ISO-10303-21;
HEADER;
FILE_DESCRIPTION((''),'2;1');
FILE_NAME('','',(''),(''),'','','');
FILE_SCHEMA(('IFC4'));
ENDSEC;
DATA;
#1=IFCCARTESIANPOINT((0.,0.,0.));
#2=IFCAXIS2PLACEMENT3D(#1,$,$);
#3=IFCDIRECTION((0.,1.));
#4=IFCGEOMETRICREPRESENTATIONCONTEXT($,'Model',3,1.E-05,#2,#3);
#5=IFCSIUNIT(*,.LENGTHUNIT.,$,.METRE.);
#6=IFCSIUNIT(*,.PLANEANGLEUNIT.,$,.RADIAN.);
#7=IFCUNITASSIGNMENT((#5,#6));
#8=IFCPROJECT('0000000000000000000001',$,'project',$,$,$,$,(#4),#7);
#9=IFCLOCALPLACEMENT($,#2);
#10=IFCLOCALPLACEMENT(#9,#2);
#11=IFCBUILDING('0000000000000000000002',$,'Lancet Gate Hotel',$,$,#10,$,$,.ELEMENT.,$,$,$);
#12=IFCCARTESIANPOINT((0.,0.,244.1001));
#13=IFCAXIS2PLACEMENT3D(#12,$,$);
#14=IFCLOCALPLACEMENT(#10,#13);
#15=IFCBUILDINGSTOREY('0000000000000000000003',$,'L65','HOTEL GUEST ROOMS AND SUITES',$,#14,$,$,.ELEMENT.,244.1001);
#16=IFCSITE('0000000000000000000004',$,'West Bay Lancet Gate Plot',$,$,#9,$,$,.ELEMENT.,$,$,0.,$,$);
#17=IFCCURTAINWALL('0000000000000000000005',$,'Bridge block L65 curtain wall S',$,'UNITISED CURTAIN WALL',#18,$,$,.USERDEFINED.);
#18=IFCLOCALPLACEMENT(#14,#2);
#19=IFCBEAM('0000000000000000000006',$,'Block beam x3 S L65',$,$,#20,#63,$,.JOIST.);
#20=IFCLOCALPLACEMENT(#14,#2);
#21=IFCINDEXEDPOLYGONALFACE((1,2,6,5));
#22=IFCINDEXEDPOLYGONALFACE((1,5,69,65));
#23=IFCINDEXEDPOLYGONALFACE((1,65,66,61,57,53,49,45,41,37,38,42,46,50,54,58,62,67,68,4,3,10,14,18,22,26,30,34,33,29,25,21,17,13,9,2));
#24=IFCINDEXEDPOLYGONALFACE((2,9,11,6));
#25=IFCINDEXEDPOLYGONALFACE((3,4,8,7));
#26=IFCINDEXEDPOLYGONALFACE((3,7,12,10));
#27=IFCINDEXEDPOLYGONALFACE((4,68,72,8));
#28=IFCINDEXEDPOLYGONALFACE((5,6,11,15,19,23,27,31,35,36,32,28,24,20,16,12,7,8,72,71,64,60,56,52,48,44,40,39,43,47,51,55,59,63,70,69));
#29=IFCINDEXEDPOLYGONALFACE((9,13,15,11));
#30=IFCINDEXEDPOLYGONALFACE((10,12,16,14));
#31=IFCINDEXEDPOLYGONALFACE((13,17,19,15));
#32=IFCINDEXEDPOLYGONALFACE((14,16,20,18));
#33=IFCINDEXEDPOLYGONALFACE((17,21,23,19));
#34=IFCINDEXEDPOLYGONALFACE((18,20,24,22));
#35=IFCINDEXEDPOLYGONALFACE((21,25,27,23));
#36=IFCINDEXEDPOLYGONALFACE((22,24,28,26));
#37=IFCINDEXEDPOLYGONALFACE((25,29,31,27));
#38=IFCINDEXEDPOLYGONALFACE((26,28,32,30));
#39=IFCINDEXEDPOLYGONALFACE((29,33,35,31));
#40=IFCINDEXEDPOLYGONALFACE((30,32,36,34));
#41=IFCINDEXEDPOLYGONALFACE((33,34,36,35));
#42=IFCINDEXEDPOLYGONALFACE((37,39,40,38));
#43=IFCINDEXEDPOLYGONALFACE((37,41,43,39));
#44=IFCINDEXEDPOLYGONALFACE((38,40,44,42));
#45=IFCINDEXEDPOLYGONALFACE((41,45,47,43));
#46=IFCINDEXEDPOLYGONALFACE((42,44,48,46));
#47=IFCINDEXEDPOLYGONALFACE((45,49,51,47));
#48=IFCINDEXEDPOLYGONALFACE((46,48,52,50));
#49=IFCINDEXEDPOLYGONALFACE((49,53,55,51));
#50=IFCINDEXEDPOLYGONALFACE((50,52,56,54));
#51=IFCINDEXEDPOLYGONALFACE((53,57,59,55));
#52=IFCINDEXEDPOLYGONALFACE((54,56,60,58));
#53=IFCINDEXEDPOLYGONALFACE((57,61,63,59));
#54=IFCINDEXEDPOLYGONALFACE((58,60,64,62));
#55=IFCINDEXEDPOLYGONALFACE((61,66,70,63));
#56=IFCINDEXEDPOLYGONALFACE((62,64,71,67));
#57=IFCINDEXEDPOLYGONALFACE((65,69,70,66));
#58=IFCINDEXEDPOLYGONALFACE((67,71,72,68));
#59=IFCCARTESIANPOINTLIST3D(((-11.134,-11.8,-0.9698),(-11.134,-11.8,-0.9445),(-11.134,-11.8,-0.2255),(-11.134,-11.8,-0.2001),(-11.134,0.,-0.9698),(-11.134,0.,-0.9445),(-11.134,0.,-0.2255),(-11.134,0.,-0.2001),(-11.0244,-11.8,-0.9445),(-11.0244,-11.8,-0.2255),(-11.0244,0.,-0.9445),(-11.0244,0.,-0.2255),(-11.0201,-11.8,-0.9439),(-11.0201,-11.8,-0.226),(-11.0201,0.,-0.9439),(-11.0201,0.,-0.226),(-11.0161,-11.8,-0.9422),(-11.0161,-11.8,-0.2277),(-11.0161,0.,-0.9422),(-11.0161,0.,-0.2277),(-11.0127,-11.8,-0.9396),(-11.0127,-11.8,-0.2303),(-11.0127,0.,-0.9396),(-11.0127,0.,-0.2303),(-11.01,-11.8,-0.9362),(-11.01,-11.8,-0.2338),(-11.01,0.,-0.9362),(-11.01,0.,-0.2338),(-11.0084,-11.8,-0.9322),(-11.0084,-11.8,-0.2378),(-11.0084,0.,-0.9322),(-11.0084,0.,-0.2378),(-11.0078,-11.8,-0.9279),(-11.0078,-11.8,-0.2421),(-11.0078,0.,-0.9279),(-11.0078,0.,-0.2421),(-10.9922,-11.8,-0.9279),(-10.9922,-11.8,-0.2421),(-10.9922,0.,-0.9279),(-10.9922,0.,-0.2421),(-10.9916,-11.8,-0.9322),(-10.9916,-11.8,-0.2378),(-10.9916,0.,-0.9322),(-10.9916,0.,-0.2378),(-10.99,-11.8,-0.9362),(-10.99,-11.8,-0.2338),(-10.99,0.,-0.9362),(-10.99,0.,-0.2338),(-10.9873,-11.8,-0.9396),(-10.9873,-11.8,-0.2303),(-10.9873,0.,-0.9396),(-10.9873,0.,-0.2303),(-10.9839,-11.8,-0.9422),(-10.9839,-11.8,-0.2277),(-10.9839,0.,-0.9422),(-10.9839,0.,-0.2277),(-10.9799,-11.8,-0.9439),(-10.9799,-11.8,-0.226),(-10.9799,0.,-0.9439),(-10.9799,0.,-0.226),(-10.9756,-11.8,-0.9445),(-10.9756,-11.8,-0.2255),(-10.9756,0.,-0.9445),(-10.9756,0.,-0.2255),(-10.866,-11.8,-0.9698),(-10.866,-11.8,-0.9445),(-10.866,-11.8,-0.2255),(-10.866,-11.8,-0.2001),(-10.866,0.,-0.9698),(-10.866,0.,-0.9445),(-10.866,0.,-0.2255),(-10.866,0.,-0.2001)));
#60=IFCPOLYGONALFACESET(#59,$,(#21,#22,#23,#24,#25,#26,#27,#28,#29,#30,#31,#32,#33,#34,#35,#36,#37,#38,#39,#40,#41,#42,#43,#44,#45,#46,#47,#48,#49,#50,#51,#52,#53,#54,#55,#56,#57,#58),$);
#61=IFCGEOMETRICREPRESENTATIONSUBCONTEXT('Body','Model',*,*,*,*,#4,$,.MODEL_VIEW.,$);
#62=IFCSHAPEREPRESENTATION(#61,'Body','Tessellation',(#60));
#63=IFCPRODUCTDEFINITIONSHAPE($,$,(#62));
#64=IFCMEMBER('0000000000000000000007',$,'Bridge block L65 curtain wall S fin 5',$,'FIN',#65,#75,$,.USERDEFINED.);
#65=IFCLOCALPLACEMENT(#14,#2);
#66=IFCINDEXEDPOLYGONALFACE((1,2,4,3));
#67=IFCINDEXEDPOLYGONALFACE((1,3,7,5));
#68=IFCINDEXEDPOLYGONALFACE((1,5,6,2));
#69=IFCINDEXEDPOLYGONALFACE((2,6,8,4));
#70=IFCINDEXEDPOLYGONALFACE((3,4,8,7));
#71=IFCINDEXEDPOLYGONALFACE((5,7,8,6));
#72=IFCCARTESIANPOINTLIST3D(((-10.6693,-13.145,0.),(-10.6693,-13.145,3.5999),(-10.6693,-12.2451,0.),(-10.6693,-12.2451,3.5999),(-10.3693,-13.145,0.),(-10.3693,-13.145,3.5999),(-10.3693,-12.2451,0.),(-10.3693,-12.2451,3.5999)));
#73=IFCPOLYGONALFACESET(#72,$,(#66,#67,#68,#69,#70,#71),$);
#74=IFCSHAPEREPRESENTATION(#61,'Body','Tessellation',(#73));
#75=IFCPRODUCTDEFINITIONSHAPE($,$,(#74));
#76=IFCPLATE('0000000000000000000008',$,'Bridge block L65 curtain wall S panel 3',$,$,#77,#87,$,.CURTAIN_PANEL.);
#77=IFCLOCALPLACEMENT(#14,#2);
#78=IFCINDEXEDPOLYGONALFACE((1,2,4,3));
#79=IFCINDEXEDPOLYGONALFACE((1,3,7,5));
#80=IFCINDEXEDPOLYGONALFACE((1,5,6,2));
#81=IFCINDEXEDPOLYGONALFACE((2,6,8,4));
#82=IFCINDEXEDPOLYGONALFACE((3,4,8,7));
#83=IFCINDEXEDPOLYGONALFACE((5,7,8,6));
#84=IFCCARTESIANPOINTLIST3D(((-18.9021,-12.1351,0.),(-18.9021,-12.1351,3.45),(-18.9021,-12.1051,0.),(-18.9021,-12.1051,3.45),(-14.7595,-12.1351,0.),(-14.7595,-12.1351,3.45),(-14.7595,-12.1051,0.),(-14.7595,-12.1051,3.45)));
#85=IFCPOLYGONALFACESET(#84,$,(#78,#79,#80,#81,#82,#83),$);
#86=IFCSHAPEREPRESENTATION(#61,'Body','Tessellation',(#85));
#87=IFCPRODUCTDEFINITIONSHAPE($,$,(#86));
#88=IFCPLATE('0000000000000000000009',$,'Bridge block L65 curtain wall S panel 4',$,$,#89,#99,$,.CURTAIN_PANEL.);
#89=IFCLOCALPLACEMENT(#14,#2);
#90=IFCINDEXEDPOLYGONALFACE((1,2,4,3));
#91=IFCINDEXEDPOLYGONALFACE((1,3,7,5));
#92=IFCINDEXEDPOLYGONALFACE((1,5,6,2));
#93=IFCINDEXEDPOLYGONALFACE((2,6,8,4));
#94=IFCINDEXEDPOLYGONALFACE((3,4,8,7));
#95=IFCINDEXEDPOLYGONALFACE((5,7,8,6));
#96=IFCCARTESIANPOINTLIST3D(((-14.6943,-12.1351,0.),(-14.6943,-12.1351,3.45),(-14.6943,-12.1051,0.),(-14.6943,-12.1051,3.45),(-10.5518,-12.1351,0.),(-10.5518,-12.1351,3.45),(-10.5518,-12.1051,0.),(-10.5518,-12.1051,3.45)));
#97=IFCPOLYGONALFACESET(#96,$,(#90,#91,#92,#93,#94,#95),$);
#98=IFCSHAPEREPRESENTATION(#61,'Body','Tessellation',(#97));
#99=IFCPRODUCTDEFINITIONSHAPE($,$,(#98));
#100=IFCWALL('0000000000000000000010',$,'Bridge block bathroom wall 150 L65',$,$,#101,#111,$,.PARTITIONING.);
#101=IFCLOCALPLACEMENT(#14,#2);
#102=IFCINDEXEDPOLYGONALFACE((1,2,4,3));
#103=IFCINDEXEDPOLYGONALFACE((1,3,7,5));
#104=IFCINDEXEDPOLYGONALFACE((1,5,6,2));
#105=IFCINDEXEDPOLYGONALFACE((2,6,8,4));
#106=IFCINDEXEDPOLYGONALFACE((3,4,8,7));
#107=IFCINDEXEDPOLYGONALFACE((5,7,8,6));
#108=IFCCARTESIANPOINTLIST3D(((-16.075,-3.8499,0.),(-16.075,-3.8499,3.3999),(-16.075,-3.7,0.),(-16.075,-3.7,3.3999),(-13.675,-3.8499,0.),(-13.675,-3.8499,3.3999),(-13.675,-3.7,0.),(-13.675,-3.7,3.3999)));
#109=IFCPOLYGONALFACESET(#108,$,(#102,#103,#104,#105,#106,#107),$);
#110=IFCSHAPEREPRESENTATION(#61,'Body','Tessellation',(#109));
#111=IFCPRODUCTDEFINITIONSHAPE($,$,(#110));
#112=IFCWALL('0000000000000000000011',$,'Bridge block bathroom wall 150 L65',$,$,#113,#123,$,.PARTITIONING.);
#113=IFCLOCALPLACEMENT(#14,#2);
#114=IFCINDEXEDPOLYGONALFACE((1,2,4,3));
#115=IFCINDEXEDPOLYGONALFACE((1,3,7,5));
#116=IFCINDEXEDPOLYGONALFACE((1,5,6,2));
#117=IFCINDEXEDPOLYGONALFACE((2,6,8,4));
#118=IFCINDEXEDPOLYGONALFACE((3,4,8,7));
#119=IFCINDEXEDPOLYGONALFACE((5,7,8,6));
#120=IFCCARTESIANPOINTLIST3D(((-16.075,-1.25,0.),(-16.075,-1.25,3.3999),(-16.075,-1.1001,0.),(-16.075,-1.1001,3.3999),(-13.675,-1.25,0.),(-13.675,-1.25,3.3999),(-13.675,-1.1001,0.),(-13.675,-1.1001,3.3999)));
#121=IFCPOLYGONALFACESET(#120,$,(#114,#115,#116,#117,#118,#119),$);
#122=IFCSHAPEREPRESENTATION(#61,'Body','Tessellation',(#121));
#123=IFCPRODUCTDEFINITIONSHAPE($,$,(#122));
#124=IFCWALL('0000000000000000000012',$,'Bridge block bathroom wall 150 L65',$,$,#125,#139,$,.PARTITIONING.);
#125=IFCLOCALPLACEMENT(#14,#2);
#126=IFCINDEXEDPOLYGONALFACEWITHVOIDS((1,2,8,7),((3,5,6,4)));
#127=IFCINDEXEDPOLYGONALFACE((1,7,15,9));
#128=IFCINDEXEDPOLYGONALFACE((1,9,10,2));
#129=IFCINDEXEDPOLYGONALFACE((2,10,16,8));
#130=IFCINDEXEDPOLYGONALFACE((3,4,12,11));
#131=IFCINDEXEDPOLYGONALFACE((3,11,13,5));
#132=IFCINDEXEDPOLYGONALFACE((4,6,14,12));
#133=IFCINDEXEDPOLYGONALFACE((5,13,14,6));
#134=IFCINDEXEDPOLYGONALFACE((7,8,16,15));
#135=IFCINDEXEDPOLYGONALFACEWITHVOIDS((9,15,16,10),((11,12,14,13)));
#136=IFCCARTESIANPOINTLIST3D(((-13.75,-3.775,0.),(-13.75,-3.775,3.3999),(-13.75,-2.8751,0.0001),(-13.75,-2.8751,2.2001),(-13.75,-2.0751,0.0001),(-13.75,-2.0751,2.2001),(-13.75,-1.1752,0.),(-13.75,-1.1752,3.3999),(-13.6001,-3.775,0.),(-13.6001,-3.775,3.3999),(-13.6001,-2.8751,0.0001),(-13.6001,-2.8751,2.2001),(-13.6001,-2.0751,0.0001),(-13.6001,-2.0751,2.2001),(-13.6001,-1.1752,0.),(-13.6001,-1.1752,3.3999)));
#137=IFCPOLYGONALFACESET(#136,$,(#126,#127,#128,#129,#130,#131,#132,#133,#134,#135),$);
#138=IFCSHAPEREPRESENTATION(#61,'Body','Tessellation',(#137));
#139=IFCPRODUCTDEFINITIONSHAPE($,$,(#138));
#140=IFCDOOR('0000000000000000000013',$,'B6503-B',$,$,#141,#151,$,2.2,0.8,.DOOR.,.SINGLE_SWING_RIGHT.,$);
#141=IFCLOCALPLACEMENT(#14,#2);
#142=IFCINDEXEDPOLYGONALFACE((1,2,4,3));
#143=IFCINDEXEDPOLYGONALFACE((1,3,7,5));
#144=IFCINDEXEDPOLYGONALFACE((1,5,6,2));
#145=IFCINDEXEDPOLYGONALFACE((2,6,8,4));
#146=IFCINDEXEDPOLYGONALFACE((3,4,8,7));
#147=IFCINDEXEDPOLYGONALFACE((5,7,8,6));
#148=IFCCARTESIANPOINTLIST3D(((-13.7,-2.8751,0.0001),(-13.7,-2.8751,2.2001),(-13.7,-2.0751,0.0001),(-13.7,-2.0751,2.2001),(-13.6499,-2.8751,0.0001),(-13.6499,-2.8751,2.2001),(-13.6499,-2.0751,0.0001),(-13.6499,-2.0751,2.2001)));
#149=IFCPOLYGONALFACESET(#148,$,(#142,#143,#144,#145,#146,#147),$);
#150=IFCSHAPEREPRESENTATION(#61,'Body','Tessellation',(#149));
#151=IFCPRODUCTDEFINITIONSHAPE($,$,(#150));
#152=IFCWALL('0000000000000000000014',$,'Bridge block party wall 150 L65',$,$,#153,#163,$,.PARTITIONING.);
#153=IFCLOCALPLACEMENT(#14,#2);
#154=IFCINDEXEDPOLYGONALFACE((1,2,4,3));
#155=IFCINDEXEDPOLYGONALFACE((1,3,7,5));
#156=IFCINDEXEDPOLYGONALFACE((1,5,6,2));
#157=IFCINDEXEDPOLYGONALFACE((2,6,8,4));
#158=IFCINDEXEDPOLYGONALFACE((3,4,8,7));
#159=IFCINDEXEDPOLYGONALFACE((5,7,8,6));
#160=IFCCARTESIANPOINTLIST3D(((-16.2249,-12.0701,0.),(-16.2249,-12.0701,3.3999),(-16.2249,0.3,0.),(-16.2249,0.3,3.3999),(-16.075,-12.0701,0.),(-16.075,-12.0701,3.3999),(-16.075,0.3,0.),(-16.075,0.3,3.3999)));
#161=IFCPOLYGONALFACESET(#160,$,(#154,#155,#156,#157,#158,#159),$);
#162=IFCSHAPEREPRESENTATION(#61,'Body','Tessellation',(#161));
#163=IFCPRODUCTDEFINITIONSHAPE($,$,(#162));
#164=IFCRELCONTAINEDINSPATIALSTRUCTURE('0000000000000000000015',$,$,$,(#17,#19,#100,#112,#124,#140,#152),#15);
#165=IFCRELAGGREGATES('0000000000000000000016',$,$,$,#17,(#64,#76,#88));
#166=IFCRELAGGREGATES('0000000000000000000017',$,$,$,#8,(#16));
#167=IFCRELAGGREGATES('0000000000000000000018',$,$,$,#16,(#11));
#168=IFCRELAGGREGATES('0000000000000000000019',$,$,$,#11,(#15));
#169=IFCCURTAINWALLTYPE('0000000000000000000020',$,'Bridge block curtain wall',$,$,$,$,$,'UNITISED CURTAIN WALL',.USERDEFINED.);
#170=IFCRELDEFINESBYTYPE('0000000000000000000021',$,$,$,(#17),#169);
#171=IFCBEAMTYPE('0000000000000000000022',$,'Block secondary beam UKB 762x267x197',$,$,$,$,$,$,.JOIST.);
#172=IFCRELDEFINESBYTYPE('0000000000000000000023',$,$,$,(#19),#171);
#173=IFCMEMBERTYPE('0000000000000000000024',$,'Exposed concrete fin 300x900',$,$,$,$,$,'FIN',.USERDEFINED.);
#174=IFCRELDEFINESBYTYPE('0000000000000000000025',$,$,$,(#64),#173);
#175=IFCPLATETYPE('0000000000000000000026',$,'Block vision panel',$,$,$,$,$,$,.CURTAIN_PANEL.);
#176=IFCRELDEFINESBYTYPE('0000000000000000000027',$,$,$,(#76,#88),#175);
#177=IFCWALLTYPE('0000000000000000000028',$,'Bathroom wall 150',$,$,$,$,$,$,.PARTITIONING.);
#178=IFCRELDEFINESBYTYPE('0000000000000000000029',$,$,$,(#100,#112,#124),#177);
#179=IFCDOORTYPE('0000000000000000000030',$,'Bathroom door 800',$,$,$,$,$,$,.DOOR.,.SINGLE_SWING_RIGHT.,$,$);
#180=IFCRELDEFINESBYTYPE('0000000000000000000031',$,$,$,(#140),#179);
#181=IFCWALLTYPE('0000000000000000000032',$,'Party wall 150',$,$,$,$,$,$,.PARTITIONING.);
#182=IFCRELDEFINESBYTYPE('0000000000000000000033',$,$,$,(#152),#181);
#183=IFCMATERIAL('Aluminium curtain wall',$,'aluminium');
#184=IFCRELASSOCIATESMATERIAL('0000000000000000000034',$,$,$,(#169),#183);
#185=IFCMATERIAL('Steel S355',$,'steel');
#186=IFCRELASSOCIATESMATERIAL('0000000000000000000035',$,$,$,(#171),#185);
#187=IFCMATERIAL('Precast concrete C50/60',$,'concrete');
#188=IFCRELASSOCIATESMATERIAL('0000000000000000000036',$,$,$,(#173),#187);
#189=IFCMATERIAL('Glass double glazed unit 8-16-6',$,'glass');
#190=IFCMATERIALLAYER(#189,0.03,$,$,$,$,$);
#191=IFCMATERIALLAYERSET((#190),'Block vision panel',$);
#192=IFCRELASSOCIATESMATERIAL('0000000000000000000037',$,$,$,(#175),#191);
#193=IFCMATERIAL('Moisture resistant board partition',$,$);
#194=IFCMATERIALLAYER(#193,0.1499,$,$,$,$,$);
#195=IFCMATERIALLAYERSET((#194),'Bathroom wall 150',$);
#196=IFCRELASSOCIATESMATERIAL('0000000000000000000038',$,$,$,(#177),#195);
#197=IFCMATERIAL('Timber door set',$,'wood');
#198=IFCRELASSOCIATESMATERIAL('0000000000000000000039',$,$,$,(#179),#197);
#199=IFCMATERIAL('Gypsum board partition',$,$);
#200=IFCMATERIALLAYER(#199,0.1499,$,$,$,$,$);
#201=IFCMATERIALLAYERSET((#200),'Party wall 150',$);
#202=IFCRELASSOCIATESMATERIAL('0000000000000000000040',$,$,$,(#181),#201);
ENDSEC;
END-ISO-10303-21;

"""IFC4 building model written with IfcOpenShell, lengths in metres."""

from ifc_helpers import new_model, si_unit, direction, frame, frame_2d, origin, origin_2d, place, context, subcontext, project, spatial, rectangle, i_section, extrude, material, layer, layer_set, material_profile, profile_set, type_object, element, fill, aggregate, save


model = new_model("IFC4")

# Units and contexts
model_context = context("Model", 3, precision=1e-05, world=origin(), true_north=direction((0.0, 1.0)))
body_context = subcontext(model_context, "Body", "Model", "MODEL_VIEW")
ifc_project = project(units=[si_unit("LENGTHUNIT", "METRE"), si_unit("PLANEANGLEUNIT", "RADIAN")], contexts=[model_context])

# Site, building, storey
site_placement = place(None, origin())
site = spatial("IfcSite", under=ifc_project, at=site_placement, Name="West Bay Lancet Gate Plot", CompositionType="ELEMENT", RefElevation=0.0)
building_placement = place(site_placement, origin())
building = spatial("IfcBuilding", under=site, at=building_placement, Name="Lancet Gate Hotel", CompositionType="ELEMENT")
storey_placement = place(building_placement, frame((0.0, 0.0, 244.1001)))
storey = spatial("IfcBuildingStorey", under=building, at=storey_placement, Name="L65", Description="HOTEL GUEST ROOMS AND SUITES", CompositionType="ELEMENT", Elevation=244.1001)

# Curtain wall
ifc_material_1 = material(Name="Aluminium curtain wall", Category="aluminium")
curtain_wall_type = type_object("IfcCurtainWallType", Name="Bridge block curtain wall", ElementType="UNITISED CURTAIN WALL", PredefinedType="USERDEFINED", material=ifc_material_1)
curtain_wall_placement = place(storey_placement, origin())
curtain_wall = element("IfcCurtainWall", 1, at=curtain_wall_placement, inside=storey, type_object=curtain_wall_type, Name="Bridge block L65 curtain wall S", ObjectType="UNITISED CURTAIN WALL", PredefinedType="USERDEFINED")

# Beam
ifc_material_2 = material(Name="Steel S355", Category="steel")
ifc_material_profile_1 = material_profile(ifc_material_2, i_section(OverallWidth=0.2681, OverallDepth=0.7698, WebThickness=0.0156, FlangeThickness=0.0254, FilletRadius=0.0166, at=origin_2d()), Name="UKB 762x267x197")
ifc_profile_set_1 = profile_set([ifc_material_profile_1], Name="Steel S355")
beam_type_1 = type_object("IfcBeamType", Name="Block secondary beam UKB 762x267x197", PredefinedType="JOIST", material=ifc_profile_set_1)
for number, where, z_axis, x_axis, name in (
    (2, (-11.0, -11.8, -0.585), (0.0, 1.0, 0.0), (-1.0, 0.0, 0.0), "Block beam x3 S L65"),
):
    element("IfcBeam", number, at=place(storey_placement, frame(where, z_axis=z_axis, x_axis=x_axis)), inside=storey, type_object=beam_type_1, Name=name, PredefinedType="JOIST", context=body_context, shape_type="SweptSolid", body=[
        extrude(i_section(OverallWidth=0.2681, OverallDepth=0.7698, WebThickness=0.0156, FlangeThickness=0.0254, FilletRadius=0.0166, at=origin_2d()), origin(), (0.0, 0.0, 1.0), 11.8),
    ])

# Member
ifc_material_3 = material(Name="Precast concrete C50/60", Category="concrete")
ifc_material_profile_2 = material_profile(ifc_material_3, rectangle(XDim=0.3, YDim=0.8999, at=origin_2d()), Name="FIN 300x900")
ifc_profile_set_2 = profile_set([ifc_material_profile_2], Name="Precast concrete C50/60")
member_type_1 = type_object("IfcMemberType", Name="Exposed concrete fin 300x900", ElementType="FIN", PredefinedType="USERDEFINED", material=ifc_profile_set_2)
member_1_placement = place(storey_placement, frame((-10.5193, -12.6951, 0.0), z_axis=(0.0, 0.0, 1.0), x_axis=(1.0, 0.0, 0.0)))
member_1 = element("IfcMember", 3, at=member_1_placement, type_object=member_type_1, Name="Bridge block L65 curtain wall S fin 5", ObjectType="FIN", PredefinedType="USERDEFINED", context=body_context, shape_type="SweptSolid", body=[
    extrude(rectangle(XDim=0.3, YDim=0.8999, at=origin_2d()), origin(), (0.0, 0.0, 1.0), 3.5999),
])

# Plates
ifc_material_4 = material(Name="Glass double glazed unit 8-16-6", Category="glass")
ifc_layer_1 = layer(ifc_material_4, 0.03)
ifc_layer_set_1 = layer_set([ifc_layer_1], Name="Block vision panel")
plate_type = type_object("IfcPlateType", Name="Block vision panel", PredefinedType="CURTAIN_PANEL", material=ifc_layer_set_1)
plate_1_placement = place(storey_placement, frame((-16.8308, -12.1201, 0.0), z_axis=(0.0, 0.0, 1.0), x_axis=(1.0, 0.0, 0.0)))
plate_1 = element("IfcPlate", 4, at=plate_1_placement, type_object=plate_type, Name="Bridge block L65 curtain wall S panel 3", PredefinedType="CURTAIN_PANEL", context=body_context, shape_type="SweptSolid", body=[
    extrude(rectangle(XDim=4.1426, YDim=0.03, at=origin_2d()), origin(), (0.0, 0.0, 1.0), 3.45),
])
plate_2_placement = place(storey_placement, frame((-12.623, -12.1201, 0.0), z_axis=(0.0, 0.0, 1.0), x_axis=(1.0, 0.0, 0.0)))
plate_2 = element("IfcPlate", 5, at=plate_2_placement, type_object=plate_type, Name="Bridge block L65 curtain wall S panel 4", PredefinedType="CURTAIN_PANEL", context=body_context, shape_type="SweptSolid", body=[
    extrude(rectangle(XDim=4.1426, YDim=0.03, at=origin_2d()), origin(), (0.0, 0.0, 1.0), 3.45),
])
aggregate(curtain_wall, [member_1, plate_1, plate_2])

# Walls
ifc_material_5 = material(Name="Moisture resistant board partition")
ifc_layer_2 = layer(ifc_material_5, 0.1499)
ifc_layer_set_2 = layer_set([ifc_layer_2], Name="Bathroom wall 150")
wall_type_1 = type_object("IfcWallType", Name="Bathroom wall 150", PredefinedType="PARTITIONING", material=ifc_layer_set_2)
for number, where, z_axis, x_axis, name in (
    (6, (-16.075, -3.7749, 0.0), (0.0, 0.0, 1.0), (1.0, 0.0, 0.0), "Bridge block bathroom wall 150 L65"),
    (7, (-16.075, -1.175, 0.0), (0.0, 0.0, 1.0), (1.0, 0.0, 0.0), "Bridge block bathroom wall 150 L65"),
):
    element("IfcWall", number, at=place(storey_placement, frame(where, z_axis=z_axis, x_axis=x_axis)), inside=storey, type_object=wall_type_1, Name=name, PredefinedType="PARTITIONING", context=body_context, shape_type="SweptSolid", body=[
        extrude(rectangle(XDim=2.3999, YDim=0.1499, at=frame_2d((1.2, 0.0))), origin(), (0.0, 0.0, 1.0), 3.3999),
    ])

# Wall, opening, door
wall_1_placement = place(storey_placement, frame((-13.675, -3.7749, 0.0), z_axis=(0.0, 0.0, 1.0), x_axis=(0.0, 1.0, 0.0)))
wall_1 = element("IfcWall", 8, at=wall_1_placement, inside=storey, type_object=wall_type_1, Name="Bridge block bathroom wall 150 L65", PredefinedType="PARTITIONING", context=body_context, shape_type="SweptSolid", body=[
    extrude(rectangle(XDim=2.5999, YDim=0.1499, at=frame_2d((1.2998, 0.0))), origin(), (0.0, 0.0, 1.0), 3.3999),
])
opening_placement = place(wall_1_placement, frame((0.8999, 0.0, 0.0)))
opening = element("IfcOpeningElement", 9, at=opening_placement, cuts=wall_1, PredefinedType="OPENING", context=body_context, shape_type="SweptSolid", body=[
    extrude(rectangle(XDim=0.8, YDim=2.2, at=frame_2d((0.3999, 1.1001))), frame((0.0, 0.085, 0.0), z_axis=(0.0, -1.0, 0.0), x_axis=(1.0, 0.0, 0.0)), (0.0, 0.0, 1.0), 0.1699),
])
ifc_material_6 = material(Name="Timber door set", Category="wood")
door_type = type_object("IfcDoorType", Name="Bathroom door 800", OperationType="SINGLE_SWING_RIGHT", PredefinedType="DOOR", material=ifc_material_6)
door_placement = place(opening_placement, origin())
door = element("IfcDoor", 10, at=door_placement, inside=storey, type_object=door_type, Name="B6503-B", OperationType="SINGLE_SWING_RIGHT", OverallHeight=2.2, OverallWidth=0.8, PredefinedType="DOOR", context=body_context, shape_type="SweptSolid", body=[
    extrude(rectangle(XDim=0.8, YDim=2.2, at=frame_2d((0.3999, 1.1001))), frame((0.0, 0.0249, 0.0), z_axis=(0.0, -1.0, 0.0), x_axis=(1.0, 0.0, 0.0)), (0.0, 0.0, 1.0), 0.05),
])
fill(opening, door)

# Wall
ifc_material_7 = material(Name="Gypsum board partition")
ifc_layer_3 = layer(ifc_material_7, 0.1499)
ifc_layer_set_3 = layer_set([ifc_layer_3], Name="Party wall 150")
wall_type_2 = type_object("IfcWallType", Name="Party wall 150", PredefinedType="PARTITIONING", material=ifc_layer_set_3)
wall_2_placement = place(storey_placement, frame((-16.1499, -12.0701, 0.0), z_axis=(0.0, 0.0, 1.0), x_axis=(0.0, 1.0, 0.0)))
element("IfcWall", 11, at=wall_2_placement, inside=storey, type_object=wall_type_2, Name="Bridge block party wall 150 L65", PredefinedType="PARTITIONING", context=body_context, shape_type="SweptSolid", body=[
    extrude(rectangle(XDim=12.3701, YDim=0.1499, at=frame_2d((6.1851, 0.0))), origin(), (0.0, 0.0, 1.0), 3.3999),
])

save(model, "model.ifc")
